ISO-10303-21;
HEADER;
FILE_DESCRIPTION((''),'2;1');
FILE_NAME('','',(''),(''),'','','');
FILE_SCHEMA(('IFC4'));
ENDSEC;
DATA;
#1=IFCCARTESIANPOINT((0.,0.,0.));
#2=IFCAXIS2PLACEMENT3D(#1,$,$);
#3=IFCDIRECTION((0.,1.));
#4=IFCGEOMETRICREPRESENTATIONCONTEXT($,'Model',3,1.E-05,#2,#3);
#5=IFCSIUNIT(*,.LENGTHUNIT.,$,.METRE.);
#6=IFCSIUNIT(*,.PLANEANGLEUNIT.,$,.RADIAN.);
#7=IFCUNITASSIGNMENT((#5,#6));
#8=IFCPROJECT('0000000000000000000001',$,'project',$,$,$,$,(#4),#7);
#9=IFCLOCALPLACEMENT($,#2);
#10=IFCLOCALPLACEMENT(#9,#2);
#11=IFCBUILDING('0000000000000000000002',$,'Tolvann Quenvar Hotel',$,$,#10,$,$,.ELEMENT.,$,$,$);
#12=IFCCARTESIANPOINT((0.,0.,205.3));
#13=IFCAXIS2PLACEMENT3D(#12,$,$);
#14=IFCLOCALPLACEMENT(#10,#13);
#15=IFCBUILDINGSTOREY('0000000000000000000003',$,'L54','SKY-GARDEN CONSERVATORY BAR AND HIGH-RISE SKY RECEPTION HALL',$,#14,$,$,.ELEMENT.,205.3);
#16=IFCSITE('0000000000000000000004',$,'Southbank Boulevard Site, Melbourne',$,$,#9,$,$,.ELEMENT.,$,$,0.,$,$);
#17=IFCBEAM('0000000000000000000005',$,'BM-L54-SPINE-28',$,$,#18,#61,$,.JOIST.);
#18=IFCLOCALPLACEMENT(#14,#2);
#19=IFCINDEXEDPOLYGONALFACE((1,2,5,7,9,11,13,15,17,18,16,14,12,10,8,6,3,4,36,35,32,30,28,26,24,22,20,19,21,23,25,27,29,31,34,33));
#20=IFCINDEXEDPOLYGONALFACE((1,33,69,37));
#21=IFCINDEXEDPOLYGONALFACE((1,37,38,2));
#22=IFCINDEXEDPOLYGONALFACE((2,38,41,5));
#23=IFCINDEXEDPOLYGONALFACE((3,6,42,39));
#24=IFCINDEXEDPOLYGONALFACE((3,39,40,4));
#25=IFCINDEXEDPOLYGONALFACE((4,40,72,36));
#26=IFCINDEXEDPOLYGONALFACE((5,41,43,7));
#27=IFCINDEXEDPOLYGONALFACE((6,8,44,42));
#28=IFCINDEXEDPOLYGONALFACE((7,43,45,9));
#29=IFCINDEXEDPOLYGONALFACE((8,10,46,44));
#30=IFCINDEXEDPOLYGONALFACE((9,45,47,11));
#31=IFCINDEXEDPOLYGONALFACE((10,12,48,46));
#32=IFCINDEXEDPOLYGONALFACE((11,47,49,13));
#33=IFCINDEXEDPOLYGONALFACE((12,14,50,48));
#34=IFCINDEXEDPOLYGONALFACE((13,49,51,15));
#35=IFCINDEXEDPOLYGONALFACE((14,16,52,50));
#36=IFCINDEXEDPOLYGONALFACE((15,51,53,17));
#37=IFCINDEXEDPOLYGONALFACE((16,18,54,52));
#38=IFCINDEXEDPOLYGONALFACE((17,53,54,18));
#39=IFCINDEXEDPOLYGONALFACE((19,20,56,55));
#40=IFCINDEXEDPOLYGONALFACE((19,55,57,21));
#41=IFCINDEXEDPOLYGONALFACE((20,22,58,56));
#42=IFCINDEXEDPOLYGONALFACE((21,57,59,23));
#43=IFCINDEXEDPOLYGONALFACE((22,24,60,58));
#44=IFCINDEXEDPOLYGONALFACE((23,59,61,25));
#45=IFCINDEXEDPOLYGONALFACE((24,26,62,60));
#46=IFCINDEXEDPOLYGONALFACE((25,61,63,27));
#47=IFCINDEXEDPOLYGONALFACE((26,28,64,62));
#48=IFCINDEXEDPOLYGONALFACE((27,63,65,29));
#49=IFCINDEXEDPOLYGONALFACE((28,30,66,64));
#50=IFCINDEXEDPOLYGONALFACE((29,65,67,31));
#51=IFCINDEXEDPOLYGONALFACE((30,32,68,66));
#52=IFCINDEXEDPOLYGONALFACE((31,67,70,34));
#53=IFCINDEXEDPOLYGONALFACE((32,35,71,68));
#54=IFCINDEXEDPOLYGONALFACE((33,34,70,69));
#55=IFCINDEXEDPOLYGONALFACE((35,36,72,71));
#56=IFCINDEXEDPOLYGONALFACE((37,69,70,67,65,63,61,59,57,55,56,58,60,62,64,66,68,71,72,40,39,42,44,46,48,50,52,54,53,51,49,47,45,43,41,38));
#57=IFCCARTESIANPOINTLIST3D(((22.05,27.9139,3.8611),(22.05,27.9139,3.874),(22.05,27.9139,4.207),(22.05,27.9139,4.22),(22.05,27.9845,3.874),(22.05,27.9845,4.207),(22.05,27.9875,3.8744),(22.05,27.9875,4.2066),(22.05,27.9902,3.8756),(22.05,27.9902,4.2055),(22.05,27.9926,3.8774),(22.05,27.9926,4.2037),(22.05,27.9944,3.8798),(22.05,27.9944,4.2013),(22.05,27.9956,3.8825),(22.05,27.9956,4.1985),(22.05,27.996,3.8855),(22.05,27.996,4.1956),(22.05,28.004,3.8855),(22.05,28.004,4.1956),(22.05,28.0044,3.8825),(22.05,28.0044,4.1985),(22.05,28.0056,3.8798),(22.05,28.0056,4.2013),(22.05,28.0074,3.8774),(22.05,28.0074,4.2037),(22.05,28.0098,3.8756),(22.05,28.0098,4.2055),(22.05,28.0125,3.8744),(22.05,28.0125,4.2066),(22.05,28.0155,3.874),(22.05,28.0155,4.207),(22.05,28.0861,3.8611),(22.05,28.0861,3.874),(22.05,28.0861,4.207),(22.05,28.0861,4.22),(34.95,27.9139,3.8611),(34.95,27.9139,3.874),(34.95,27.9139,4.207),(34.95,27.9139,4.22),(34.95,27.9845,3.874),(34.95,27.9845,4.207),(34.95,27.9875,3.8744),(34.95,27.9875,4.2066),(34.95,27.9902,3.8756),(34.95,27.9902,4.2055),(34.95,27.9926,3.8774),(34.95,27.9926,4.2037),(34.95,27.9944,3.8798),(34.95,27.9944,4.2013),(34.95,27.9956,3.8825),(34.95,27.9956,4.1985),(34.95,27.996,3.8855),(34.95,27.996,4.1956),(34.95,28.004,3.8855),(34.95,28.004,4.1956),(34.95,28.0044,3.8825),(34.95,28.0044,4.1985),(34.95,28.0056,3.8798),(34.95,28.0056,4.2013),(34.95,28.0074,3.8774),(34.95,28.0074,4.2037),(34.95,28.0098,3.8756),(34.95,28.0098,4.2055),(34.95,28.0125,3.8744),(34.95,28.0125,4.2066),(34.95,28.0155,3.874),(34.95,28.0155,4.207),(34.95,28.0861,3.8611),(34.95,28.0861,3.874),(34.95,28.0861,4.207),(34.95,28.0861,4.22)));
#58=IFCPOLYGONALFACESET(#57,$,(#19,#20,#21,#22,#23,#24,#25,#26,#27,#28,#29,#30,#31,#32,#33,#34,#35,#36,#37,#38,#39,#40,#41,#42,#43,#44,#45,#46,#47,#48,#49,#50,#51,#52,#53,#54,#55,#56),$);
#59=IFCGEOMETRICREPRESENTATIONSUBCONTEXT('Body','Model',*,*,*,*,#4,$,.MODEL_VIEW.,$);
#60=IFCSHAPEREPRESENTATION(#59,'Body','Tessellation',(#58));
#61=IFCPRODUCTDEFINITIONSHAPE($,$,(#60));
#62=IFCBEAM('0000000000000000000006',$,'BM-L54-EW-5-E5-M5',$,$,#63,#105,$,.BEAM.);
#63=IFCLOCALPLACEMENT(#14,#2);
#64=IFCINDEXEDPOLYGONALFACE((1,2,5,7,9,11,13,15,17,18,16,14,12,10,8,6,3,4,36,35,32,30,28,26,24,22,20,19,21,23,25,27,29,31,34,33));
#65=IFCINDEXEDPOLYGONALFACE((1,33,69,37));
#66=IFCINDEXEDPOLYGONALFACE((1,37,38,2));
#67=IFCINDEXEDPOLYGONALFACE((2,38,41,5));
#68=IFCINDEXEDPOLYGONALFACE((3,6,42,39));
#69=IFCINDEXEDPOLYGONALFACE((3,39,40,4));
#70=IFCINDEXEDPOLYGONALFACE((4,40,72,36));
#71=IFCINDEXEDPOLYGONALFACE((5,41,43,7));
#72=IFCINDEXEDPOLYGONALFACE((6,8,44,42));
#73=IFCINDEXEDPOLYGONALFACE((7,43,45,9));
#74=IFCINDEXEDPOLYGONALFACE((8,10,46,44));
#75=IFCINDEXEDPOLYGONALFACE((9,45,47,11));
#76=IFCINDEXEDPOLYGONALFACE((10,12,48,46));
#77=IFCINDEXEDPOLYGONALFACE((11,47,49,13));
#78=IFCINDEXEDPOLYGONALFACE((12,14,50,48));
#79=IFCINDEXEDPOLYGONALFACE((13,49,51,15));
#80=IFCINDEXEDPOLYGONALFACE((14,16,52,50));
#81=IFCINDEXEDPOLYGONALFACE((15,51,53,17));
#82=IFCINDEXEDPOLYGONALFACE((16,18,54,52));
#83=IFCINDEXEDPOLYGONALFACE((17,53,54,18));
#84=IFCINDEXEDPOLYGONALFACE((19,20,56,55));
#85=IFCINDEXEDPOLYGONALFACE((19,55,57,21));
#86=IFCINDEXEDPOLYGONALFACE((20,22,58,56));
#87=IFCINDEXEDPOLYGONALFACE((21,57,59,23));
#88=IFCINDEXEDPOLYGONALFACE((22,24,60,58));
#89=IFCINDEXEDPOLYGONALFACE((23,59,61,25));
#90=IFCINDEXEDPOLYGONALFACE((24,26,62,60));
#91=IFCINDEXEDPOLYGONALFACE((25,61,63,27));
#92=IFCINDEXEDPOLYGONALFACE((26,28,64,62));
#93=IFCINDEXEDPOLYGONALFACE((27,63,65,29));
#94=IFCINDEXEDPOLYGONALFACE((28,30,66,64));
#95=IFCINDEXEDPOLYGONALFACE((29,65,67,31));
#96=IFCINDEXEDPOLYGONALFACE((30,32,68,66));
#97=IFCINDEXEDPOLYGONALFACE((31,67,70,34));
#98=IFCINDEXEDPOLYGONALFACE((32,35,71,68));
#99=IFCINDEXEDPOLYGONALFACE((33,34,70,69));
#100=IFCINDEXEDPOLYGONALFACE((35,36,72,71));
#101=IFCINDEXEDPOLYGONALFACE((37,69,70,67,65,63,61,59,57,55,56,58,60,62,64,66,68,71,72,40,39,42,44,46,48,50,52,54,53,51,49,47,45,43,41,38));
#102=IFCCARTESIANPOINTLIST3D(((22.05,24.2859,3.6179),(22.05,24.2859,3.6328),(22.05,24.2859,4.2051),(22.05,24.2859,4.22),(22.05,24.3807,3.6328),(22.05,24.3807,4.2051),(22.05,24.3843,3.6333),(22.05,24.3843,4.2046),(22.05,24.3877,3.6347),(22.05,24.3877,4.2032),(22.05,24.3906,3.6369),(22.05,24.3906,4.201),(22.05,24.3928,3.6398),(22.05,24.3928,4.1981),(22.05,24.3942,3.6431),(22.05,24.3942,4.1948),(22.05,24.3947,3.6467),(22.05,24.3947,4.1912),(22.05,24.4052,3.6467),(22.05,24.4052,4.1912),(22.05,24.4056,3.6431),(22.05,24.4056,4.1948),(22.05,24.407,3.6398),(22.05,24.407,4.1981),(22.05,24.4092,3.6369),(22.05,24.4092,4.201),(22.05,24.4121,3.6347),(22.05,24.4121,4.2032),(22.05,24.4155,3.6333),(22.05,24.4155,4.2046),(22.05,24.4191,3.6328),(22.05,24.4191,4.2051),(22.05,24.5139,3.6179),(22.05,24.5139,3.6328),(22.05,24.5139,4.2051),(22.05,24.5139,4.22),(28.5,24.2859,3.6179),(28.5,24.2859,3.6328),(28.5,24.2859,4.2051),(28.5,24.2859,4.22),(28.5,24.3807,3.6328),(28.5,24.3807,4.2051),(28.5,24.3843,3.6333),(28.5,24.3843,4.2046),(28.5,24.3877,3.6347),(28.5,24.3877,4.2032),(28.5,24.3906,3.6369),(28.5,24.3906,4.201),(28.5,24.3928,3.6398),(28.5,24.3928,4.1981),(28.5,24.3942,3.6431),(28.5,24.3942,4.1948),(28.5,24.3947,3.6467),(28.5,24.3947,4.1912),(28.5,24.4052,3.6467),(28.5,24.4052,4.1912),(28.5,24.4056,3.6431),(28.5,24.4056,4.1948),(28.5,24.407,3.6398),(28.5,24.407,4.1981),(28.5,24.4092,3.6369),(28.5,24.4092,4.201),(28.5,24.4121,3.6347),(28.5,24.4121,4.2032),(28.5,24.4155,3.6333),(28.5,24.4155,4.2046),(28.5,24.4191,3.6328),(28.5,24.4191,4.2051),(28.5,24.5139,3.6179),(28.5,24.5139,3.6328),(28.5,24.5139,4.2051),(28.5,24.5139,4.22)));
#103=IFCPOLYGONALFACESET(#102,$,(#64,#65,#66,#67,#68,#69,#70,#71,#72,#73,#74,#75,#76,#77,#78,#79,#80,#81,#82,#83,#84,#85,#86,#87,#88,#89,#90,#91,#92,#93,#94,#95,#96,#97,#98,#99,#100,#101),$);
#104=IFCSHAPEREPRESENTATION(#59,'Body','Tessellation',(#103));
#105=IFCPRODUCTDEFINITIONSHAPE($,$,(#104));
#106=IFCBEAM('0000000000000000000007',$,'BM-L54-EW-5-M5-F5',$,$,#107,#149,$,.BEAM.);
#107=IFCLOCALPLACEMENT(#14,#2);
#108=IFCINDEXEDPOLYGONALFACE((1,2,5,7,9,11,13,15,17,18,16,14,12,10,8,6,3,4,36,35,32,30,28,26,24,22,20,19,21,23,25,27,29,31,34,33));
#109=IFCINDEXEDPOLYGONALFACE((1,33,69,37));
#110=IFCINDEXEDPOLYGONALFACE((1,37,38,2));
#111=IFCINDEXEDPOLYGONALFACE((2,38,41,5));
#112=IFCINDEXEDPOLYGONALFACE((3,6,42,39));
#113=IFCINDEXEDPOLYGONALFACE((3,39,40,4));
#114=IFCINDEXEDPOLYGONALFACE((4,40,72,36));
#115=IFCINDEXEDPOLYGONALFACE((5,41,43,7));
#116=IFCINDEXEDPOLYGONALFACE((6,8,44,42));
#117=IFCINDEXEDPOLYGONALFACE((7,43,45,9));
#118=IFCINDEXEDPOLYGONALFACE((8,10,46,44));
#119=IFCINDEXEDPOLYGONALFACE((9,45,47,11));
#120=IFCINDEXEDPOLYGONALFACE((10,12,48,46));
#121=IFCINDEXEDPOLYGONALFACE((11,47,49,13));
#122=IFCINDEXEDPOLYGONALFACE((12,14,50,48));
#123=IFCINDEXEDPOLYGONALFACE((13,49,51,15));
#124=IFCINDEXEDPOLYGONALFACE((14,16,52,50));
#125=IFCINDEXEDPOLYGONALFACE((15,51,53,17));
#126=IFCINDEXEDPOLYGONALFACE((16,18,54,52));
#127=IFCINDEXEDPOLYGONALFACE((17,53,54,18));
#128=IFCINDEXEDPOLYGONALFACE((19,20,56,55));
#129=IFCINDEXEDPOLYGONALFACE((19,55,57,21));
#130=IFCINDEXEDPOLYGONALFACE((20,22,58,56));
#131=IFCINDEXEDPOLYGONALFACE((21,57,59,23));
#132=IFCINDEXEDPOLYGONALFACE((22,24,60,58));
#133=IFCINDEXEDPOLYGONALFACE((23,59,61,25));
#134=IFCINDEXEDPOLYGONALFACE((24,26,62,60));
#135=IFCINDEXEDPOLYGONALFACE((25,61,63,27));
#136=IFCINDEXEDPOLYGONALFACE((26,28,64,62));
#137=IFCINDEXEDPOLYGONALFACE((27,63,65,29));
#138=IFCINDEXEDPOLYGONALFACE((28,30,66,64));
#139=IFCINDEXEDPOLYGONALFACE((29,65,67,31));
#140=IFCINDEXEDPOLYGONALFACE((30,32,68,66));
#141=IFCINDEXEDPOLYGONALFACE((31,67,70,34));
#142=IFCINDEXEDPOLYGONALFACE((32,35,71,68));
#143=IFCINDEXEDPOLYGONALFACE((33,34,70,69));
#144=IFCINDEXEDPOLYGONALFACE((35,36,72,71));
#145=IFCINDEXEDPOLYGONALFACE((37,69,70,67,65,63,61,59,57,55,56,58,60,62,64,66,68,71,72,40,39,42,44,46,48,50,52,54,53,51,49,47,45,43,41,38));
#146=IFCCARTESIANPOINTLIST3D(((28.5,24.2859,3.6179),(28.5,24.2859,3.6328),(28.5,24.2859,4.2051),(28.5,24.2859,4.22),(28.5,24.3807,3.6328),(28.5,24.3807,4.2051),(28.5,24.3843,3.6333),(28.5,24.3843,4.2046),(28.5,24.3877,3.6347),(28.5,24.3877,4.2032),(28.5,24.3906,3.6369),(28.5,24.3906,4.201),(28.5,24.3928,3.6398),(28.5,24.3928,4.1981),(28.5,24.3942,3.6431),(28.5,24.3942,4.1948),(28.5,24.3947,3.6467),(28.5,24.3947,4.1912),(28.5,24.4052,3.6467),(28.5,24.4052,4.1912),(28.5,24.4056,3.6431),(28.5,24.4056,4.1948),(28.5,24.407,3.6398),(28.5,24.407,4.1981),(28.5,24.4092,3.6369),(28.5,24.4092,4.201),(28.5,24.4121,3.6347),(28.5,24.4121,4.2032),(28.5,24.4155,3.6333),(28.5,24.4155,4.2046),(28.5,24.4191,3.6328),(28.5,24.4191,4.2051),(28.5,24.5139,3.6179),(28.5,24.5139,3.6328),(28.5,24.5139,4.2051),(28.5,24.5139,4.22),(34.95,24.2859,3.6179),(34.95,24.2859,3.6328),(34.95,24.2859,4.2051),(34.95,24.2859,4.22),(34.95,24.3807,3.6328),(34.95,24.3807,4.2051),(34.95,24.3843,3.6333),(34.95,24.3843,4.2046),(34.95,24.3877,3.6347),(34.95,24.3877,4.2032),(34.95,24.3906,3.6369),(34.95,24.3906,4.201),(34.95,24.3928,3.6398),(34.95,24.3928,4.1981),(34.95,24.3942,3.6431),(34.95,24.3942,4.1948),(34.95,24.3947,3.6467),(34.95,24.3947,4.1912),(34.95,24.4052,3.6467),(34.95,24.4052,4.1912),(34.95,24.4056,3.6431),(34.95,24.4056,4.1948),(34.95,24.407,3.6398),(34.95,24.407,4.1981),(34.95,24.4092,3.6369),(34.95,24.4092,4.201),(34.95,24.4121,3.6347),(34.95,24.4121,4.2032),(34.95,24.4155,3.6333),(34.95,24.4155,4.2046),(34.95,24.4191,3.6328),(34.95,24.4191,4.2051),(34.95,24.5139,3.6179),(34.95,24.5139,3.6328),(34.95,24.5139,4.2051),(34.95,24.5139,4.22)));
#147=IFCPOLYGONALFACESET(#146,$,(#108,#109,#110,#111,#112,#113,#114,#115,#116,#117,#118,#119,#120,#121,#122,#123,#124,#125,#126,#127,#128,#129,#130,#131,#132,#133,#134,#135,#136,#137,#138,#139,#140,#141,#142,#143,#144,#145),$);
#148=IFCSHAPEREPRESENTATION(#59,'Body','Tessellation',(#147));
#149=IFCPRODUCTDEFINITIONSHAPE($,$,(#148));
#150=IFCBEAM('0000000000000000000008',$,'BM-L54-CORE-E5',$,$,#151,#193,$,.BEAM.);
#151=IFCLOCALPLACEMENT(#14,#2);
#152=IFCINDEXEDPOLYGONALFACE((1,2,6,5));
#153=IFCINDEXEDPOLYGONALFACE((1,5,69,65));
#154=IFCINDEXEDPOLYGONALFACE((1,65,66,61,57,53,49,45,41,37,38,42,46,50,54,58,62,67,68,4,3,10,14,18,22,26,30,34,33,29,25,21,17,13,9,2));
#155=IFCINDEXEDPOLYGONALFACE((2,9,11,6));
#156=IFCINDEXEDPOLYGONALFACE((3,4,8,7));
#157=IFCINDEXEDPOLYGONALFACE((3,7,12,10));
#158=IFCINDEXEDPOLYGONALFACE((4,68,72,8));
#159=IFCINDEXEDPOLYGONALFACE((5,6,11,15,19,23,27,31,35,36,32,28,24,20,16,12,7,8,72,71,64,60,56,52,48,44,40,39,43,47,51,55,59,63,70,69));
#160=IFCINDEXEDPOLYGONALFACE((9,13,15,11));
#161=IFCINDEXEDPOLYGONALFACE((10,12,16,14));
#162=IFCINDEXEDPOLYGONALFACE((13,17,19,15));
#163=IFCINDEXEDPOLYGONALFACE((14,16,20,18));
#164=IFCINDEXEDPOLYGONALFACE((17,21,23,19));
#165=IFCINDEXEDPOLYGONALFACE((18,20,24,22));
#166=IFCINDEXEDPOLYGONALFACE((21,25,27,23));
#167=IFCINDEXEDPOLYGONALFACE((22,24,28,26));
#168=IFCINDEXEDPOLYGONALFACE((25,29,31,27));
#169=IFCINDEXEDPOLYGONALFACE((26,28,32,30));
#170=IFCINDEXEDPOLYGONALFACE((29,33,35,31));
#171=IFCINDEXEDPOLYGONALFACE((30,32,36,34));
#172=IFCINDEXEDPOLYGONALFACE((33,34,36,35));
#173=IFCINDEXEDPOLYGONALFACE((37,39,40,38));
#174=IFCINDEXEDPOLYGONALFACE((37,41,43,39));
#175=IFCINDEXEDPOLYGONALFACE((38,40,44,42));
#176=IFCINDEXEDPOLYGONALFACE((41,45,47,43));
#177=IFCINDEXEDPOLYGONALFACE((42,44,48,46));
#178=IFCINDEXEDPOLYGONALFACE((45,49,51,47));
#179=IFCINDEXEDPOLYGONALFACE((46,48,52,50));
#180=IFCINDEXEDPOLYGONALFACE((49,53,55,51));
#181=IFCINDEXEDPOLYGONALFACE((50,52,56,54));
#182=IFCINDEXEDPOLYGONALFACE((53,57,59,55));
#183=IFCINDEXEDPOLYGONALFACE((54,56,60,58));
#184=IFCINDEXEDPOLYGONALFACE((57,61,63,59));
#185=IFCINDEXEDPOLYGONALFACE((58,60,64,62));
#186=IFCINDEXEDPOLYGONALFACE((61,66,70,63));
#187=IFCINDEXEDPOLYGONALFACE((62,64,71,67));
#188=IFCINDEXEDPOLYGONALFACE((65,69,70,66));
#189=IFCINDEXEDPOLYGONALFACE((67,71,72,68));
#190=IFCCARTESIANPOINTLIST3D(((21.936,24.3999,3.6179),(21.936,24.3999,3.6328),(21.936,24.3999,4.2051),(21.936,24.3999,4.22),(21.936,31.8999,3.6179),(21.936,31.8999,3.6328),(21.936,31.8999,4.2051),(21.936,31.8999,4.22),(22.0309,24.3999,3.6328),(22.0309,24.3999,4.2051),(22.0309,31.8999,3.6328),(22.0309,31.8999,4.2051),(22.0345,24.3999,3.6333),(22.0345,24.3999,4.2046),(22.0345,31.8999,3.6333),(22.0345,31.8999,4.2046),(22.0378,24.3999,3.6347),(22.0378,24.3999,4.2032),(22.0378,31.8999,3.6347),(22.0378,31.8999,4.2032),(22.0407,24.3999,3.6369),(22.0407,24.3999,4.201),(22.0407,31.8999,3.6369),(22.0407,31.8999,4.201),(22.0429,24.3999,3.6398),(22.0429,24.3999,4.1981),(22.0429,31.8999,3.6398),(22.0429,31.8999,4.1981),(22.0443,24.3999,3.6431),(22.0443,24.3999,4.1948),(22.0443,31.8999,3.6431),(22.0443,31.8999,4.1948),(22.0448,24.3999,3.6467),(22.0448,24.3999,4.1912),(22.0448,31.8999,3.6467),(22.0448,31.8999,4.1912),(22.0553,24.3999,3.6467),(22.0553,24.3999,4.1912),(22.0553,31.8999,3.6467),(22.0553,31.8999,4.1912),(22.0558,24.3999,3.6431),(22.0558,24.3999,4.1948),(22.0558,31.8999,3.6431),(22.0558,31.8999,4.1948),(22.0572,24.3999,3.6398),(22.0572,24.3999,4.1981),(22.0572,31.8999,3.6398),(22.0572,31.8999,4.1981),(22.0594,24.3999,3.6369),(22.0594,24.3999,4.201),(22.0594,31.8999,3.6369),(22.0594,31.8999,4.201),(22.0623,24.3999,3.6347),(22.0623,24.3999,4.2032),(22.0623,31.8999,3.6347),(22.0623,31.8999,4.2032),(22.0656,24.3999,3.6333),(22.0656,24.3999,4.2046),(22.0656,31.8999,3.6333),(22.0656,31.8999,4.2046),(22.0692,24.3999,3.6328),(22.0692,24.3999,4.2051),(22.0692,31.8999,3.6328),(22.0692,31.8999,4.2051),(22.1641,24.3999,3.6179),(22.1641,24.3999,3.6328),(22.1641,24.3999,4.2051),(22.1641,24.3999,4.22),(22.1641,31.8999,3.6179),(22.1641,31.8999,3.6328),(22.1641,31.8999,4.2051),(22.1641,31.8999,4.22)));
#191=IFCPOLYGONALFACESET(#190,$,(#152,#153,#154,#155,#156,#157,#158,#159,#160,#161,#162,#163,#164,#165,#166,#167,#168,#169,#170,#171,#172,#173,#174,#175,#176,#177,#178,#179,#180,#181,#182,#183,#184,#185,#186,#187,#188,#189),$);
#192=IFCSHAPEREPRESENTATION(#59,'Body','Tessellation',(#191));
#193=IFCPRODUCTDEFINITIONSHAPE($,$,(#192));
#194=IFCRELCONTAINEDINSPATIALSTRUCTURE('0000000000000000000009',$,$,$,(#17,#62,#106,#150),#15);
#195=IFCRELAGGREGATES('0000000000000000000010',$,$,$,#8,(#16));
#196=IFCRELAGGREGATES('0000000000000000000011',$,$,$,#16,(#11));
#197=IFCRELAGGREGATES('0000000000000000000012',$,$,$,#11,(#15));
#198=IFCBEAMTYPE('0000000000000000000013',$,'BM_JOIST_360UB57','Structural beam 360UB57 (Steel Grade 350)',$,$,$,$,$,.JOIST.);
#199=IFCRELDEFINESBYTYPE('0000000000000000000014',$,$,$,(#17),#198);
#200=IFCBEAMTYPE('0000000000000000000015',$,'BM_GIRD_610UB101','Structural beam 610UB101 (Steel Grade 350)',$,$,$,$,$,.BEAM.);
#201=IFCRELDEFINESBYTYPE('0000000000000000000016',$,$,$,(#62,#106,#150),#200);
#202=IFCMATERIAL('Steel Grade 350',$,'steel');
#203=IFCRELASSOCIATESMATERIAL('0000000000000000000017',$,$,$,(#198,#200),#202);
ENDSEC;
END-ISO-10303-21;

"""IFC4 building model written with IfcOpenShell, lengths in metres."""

from ifc_helpers import new_model, si_unit, direction, frame, origin, origin_2d, place, context, subcontext, project, spatial, i_section, extrude, source, transform, mapped, material, material_profile, profile_set, type_object, type_shapes, element, save


model = new_model("IFC4")

# Units and contexts
model_context = context("Model", 3, precision=1e-05, world=origin(), true_north=direction((0.0, 1.0)))
body_context = subcontext(model_context, "Body", "Model", "MODEL_VIEW")
ifc_project = project(units=[si_unit("LENGTHUNIT", "METRE"), si_unit("PLANEANGLEUNIT", "RADIAN")], contexts=[model_context])

# Site, building, storey
site_placement = place(None, origin())
site = spatial("IfcSite", under=ifc_project, at=site_placement, Name="Southbank Boulevard Site, Melbourne", CompositionType="ELEMENT", RefElevation=0.0)
building_placement = place(site_placement, origin())
building = spatial("IfcBuilding", under=site, at=building_placement, Name="Tolvann Quenvar Hotel", CompositionType="ELEMENT")
storey_placement = place(building_placement, frame((0.0, 0.0, 205.3)))
storey = spatial("IfcBuildingStorey", under=building, at=storey_placement, Name="L54", Description="SKY-GARDEN CONSERVATORY BAR AND HIGH-RISE SKY RECEPTION HALL", CompositionType="ELEMENT", Elevation=205.3)

# Beams
ifc_material_1 = material(Name="Steel Grade 350", Category="steel")
ifc_material_profile_1 = material_profile(ifc_material_1, i_section(OverallWidth=0.1721, OverallDepth=0.3589, WebThickness=0.0081, FlangeThickness=0.0129, FilletRadius=0.0115, at=origin_2d()), Name="360UB57")
ifc_profile_set_1 = profile_set([ifc_material_profile_1], Name="Steel Grade 350")
beam_type_1 = type_object("IfcBeamType", Name="BM_JOIST_360UB57", Description="Structural beam 360UB57 (Steel Grade 350)", PredefinedType="JOIST", material=ifc_profile_set_1)
shared_shape_1 = source(origin(), body_context, "Body", "SweptSolid", [
    extrude(i_section(OverallWidth=0.1721, OverallDepth=0.3589, WebThickness=0.0081, FlangeThickness=0.0129, FilletRadius=0.0115, at=origin_2d()), origin(), (0.0, 0.0, 1.0), 12.8999),
])
beam_1_placement = place(storey_placement, frame((22.05, 28.0, 4.0405), z_axis=(1.0, 0.0, 0.0), x_axis=(0.0, 1.0, 0.0)))
element("IfcBeam", 1, at=beam_1_placement, inside=storey, type_object=beam_type_1, Name="BM-L54-SPINE-28", PredefinedType="JOIST", context=body_context, shape_type="MappedRepresentation", body=[
    mapped(shared_shape_1, transform((0.0, 0.0, 0.0), x_axis=(1.0, 0.0, 0.0), y_axis=(0.0, 1.0, 0.0), z_axis=(0.0, 0.0, 1.0), scale=1.0)),
])
ifc_material_profile_2 = material_profile(ifc_material_1, i_section(OverallWidth=0.228, OverallDepth=0.6021, WebThickness=0.0105, FlangeThickness=0.0149, FilletRadius=0.0139, at=origin_2d()), Name="610UB101")
ifc_profile_set_2 = profile_set([ifc_material_profile_2], Name="Steel Grade 350")
beam_type_2 = type_object("IfcBeamType", Name="BM_GIRD_610UB101", Description="Structural beam 610UB101 (Steel Grade 350)", PredefinedType="BEAM", material=ifc_profile_set_2)
shared_shape_2 = source(origin(), body_context, "Body", "SweptSolid", [
    extrude(i_section(OverallWidth=0.228, OverallDepth=0.6021, WebThickness=0.0105, FlangeThickness=0.0149, FilletRadius=0.0139, at=origin_2d()), origin(), (0.0, 0.0, 1.0), 6.45),
])
for number, where, z_axis, x_axis, name in (
    (2, (22.05, 24.3999, 3.9189), (1.0, 0.0, 0.0), (0.0, 1.0, 0.0), "BM-L54-EW-5-E5-M5"),
    (3, (28.5, 24.3999, 3.9189), (1.0, 0.0, 0.0), (0.0, 1.0, 0.0), "BM-L54-EW-5-M5-F5"),
):
    element("IfcBeam", number, at=place(storey_placement, frame(where, z_axis=z_axis, x_axis=x_axis)), inside=storey, type_object=beam_type_2, Name=name, PredefinedType="BEAM", context=body_context, shape_type="MappedRepresentation", body=[
        mapped(shared_shape_2, transform((0.0, 0.0, 0.0), x_axis=(1.0, 0.0, 0.0), y_axis=(0.0, 1.0, 0.0), z_axis=(0.0, 0.0, 1.0), scale=1.0)),
    ])
shared_shape_3 = source(origin(), body_context, "Body", "SweptSolid", [
    extrude(i_section(OverallWidth=0.228, OverallDepth=0.6021, WebThickness=0.0105, FlangeThickness=0.0149, FilletRadius=0.0139, at=origin_2d()), origin(), (0.0, 0.0, 1.0), 7.5),
])
type_shapes(beam_type_2, [shared_shape_2, shared_shape_3])
beam_2_placement = place(storey_placement, frame((22.05, 24.3999, 3.9189), z_axis=(0.0, 1.0, 0.0), x_axis=(-1.0, 0.0, 0.0)))
element("IfcBeam", 4, at=beam_2_placement, inside=storey, type_object=beam_type_2, Name="BM-L54-CORE-E5", PredefinedType="BEAM", context=body_context, shape_type="MappedRepresentation", body=[
    mapped(shared_shape_3, transform((0.0, 0.0, 0.0), x_axis=(1.0, 0.0, 0.0), y_axis=(0.0, 1.0, 0.0), z_axis=(0.0, 0.0, 1.0), scale=1.0)),
])

save(model, "model.ifc")
